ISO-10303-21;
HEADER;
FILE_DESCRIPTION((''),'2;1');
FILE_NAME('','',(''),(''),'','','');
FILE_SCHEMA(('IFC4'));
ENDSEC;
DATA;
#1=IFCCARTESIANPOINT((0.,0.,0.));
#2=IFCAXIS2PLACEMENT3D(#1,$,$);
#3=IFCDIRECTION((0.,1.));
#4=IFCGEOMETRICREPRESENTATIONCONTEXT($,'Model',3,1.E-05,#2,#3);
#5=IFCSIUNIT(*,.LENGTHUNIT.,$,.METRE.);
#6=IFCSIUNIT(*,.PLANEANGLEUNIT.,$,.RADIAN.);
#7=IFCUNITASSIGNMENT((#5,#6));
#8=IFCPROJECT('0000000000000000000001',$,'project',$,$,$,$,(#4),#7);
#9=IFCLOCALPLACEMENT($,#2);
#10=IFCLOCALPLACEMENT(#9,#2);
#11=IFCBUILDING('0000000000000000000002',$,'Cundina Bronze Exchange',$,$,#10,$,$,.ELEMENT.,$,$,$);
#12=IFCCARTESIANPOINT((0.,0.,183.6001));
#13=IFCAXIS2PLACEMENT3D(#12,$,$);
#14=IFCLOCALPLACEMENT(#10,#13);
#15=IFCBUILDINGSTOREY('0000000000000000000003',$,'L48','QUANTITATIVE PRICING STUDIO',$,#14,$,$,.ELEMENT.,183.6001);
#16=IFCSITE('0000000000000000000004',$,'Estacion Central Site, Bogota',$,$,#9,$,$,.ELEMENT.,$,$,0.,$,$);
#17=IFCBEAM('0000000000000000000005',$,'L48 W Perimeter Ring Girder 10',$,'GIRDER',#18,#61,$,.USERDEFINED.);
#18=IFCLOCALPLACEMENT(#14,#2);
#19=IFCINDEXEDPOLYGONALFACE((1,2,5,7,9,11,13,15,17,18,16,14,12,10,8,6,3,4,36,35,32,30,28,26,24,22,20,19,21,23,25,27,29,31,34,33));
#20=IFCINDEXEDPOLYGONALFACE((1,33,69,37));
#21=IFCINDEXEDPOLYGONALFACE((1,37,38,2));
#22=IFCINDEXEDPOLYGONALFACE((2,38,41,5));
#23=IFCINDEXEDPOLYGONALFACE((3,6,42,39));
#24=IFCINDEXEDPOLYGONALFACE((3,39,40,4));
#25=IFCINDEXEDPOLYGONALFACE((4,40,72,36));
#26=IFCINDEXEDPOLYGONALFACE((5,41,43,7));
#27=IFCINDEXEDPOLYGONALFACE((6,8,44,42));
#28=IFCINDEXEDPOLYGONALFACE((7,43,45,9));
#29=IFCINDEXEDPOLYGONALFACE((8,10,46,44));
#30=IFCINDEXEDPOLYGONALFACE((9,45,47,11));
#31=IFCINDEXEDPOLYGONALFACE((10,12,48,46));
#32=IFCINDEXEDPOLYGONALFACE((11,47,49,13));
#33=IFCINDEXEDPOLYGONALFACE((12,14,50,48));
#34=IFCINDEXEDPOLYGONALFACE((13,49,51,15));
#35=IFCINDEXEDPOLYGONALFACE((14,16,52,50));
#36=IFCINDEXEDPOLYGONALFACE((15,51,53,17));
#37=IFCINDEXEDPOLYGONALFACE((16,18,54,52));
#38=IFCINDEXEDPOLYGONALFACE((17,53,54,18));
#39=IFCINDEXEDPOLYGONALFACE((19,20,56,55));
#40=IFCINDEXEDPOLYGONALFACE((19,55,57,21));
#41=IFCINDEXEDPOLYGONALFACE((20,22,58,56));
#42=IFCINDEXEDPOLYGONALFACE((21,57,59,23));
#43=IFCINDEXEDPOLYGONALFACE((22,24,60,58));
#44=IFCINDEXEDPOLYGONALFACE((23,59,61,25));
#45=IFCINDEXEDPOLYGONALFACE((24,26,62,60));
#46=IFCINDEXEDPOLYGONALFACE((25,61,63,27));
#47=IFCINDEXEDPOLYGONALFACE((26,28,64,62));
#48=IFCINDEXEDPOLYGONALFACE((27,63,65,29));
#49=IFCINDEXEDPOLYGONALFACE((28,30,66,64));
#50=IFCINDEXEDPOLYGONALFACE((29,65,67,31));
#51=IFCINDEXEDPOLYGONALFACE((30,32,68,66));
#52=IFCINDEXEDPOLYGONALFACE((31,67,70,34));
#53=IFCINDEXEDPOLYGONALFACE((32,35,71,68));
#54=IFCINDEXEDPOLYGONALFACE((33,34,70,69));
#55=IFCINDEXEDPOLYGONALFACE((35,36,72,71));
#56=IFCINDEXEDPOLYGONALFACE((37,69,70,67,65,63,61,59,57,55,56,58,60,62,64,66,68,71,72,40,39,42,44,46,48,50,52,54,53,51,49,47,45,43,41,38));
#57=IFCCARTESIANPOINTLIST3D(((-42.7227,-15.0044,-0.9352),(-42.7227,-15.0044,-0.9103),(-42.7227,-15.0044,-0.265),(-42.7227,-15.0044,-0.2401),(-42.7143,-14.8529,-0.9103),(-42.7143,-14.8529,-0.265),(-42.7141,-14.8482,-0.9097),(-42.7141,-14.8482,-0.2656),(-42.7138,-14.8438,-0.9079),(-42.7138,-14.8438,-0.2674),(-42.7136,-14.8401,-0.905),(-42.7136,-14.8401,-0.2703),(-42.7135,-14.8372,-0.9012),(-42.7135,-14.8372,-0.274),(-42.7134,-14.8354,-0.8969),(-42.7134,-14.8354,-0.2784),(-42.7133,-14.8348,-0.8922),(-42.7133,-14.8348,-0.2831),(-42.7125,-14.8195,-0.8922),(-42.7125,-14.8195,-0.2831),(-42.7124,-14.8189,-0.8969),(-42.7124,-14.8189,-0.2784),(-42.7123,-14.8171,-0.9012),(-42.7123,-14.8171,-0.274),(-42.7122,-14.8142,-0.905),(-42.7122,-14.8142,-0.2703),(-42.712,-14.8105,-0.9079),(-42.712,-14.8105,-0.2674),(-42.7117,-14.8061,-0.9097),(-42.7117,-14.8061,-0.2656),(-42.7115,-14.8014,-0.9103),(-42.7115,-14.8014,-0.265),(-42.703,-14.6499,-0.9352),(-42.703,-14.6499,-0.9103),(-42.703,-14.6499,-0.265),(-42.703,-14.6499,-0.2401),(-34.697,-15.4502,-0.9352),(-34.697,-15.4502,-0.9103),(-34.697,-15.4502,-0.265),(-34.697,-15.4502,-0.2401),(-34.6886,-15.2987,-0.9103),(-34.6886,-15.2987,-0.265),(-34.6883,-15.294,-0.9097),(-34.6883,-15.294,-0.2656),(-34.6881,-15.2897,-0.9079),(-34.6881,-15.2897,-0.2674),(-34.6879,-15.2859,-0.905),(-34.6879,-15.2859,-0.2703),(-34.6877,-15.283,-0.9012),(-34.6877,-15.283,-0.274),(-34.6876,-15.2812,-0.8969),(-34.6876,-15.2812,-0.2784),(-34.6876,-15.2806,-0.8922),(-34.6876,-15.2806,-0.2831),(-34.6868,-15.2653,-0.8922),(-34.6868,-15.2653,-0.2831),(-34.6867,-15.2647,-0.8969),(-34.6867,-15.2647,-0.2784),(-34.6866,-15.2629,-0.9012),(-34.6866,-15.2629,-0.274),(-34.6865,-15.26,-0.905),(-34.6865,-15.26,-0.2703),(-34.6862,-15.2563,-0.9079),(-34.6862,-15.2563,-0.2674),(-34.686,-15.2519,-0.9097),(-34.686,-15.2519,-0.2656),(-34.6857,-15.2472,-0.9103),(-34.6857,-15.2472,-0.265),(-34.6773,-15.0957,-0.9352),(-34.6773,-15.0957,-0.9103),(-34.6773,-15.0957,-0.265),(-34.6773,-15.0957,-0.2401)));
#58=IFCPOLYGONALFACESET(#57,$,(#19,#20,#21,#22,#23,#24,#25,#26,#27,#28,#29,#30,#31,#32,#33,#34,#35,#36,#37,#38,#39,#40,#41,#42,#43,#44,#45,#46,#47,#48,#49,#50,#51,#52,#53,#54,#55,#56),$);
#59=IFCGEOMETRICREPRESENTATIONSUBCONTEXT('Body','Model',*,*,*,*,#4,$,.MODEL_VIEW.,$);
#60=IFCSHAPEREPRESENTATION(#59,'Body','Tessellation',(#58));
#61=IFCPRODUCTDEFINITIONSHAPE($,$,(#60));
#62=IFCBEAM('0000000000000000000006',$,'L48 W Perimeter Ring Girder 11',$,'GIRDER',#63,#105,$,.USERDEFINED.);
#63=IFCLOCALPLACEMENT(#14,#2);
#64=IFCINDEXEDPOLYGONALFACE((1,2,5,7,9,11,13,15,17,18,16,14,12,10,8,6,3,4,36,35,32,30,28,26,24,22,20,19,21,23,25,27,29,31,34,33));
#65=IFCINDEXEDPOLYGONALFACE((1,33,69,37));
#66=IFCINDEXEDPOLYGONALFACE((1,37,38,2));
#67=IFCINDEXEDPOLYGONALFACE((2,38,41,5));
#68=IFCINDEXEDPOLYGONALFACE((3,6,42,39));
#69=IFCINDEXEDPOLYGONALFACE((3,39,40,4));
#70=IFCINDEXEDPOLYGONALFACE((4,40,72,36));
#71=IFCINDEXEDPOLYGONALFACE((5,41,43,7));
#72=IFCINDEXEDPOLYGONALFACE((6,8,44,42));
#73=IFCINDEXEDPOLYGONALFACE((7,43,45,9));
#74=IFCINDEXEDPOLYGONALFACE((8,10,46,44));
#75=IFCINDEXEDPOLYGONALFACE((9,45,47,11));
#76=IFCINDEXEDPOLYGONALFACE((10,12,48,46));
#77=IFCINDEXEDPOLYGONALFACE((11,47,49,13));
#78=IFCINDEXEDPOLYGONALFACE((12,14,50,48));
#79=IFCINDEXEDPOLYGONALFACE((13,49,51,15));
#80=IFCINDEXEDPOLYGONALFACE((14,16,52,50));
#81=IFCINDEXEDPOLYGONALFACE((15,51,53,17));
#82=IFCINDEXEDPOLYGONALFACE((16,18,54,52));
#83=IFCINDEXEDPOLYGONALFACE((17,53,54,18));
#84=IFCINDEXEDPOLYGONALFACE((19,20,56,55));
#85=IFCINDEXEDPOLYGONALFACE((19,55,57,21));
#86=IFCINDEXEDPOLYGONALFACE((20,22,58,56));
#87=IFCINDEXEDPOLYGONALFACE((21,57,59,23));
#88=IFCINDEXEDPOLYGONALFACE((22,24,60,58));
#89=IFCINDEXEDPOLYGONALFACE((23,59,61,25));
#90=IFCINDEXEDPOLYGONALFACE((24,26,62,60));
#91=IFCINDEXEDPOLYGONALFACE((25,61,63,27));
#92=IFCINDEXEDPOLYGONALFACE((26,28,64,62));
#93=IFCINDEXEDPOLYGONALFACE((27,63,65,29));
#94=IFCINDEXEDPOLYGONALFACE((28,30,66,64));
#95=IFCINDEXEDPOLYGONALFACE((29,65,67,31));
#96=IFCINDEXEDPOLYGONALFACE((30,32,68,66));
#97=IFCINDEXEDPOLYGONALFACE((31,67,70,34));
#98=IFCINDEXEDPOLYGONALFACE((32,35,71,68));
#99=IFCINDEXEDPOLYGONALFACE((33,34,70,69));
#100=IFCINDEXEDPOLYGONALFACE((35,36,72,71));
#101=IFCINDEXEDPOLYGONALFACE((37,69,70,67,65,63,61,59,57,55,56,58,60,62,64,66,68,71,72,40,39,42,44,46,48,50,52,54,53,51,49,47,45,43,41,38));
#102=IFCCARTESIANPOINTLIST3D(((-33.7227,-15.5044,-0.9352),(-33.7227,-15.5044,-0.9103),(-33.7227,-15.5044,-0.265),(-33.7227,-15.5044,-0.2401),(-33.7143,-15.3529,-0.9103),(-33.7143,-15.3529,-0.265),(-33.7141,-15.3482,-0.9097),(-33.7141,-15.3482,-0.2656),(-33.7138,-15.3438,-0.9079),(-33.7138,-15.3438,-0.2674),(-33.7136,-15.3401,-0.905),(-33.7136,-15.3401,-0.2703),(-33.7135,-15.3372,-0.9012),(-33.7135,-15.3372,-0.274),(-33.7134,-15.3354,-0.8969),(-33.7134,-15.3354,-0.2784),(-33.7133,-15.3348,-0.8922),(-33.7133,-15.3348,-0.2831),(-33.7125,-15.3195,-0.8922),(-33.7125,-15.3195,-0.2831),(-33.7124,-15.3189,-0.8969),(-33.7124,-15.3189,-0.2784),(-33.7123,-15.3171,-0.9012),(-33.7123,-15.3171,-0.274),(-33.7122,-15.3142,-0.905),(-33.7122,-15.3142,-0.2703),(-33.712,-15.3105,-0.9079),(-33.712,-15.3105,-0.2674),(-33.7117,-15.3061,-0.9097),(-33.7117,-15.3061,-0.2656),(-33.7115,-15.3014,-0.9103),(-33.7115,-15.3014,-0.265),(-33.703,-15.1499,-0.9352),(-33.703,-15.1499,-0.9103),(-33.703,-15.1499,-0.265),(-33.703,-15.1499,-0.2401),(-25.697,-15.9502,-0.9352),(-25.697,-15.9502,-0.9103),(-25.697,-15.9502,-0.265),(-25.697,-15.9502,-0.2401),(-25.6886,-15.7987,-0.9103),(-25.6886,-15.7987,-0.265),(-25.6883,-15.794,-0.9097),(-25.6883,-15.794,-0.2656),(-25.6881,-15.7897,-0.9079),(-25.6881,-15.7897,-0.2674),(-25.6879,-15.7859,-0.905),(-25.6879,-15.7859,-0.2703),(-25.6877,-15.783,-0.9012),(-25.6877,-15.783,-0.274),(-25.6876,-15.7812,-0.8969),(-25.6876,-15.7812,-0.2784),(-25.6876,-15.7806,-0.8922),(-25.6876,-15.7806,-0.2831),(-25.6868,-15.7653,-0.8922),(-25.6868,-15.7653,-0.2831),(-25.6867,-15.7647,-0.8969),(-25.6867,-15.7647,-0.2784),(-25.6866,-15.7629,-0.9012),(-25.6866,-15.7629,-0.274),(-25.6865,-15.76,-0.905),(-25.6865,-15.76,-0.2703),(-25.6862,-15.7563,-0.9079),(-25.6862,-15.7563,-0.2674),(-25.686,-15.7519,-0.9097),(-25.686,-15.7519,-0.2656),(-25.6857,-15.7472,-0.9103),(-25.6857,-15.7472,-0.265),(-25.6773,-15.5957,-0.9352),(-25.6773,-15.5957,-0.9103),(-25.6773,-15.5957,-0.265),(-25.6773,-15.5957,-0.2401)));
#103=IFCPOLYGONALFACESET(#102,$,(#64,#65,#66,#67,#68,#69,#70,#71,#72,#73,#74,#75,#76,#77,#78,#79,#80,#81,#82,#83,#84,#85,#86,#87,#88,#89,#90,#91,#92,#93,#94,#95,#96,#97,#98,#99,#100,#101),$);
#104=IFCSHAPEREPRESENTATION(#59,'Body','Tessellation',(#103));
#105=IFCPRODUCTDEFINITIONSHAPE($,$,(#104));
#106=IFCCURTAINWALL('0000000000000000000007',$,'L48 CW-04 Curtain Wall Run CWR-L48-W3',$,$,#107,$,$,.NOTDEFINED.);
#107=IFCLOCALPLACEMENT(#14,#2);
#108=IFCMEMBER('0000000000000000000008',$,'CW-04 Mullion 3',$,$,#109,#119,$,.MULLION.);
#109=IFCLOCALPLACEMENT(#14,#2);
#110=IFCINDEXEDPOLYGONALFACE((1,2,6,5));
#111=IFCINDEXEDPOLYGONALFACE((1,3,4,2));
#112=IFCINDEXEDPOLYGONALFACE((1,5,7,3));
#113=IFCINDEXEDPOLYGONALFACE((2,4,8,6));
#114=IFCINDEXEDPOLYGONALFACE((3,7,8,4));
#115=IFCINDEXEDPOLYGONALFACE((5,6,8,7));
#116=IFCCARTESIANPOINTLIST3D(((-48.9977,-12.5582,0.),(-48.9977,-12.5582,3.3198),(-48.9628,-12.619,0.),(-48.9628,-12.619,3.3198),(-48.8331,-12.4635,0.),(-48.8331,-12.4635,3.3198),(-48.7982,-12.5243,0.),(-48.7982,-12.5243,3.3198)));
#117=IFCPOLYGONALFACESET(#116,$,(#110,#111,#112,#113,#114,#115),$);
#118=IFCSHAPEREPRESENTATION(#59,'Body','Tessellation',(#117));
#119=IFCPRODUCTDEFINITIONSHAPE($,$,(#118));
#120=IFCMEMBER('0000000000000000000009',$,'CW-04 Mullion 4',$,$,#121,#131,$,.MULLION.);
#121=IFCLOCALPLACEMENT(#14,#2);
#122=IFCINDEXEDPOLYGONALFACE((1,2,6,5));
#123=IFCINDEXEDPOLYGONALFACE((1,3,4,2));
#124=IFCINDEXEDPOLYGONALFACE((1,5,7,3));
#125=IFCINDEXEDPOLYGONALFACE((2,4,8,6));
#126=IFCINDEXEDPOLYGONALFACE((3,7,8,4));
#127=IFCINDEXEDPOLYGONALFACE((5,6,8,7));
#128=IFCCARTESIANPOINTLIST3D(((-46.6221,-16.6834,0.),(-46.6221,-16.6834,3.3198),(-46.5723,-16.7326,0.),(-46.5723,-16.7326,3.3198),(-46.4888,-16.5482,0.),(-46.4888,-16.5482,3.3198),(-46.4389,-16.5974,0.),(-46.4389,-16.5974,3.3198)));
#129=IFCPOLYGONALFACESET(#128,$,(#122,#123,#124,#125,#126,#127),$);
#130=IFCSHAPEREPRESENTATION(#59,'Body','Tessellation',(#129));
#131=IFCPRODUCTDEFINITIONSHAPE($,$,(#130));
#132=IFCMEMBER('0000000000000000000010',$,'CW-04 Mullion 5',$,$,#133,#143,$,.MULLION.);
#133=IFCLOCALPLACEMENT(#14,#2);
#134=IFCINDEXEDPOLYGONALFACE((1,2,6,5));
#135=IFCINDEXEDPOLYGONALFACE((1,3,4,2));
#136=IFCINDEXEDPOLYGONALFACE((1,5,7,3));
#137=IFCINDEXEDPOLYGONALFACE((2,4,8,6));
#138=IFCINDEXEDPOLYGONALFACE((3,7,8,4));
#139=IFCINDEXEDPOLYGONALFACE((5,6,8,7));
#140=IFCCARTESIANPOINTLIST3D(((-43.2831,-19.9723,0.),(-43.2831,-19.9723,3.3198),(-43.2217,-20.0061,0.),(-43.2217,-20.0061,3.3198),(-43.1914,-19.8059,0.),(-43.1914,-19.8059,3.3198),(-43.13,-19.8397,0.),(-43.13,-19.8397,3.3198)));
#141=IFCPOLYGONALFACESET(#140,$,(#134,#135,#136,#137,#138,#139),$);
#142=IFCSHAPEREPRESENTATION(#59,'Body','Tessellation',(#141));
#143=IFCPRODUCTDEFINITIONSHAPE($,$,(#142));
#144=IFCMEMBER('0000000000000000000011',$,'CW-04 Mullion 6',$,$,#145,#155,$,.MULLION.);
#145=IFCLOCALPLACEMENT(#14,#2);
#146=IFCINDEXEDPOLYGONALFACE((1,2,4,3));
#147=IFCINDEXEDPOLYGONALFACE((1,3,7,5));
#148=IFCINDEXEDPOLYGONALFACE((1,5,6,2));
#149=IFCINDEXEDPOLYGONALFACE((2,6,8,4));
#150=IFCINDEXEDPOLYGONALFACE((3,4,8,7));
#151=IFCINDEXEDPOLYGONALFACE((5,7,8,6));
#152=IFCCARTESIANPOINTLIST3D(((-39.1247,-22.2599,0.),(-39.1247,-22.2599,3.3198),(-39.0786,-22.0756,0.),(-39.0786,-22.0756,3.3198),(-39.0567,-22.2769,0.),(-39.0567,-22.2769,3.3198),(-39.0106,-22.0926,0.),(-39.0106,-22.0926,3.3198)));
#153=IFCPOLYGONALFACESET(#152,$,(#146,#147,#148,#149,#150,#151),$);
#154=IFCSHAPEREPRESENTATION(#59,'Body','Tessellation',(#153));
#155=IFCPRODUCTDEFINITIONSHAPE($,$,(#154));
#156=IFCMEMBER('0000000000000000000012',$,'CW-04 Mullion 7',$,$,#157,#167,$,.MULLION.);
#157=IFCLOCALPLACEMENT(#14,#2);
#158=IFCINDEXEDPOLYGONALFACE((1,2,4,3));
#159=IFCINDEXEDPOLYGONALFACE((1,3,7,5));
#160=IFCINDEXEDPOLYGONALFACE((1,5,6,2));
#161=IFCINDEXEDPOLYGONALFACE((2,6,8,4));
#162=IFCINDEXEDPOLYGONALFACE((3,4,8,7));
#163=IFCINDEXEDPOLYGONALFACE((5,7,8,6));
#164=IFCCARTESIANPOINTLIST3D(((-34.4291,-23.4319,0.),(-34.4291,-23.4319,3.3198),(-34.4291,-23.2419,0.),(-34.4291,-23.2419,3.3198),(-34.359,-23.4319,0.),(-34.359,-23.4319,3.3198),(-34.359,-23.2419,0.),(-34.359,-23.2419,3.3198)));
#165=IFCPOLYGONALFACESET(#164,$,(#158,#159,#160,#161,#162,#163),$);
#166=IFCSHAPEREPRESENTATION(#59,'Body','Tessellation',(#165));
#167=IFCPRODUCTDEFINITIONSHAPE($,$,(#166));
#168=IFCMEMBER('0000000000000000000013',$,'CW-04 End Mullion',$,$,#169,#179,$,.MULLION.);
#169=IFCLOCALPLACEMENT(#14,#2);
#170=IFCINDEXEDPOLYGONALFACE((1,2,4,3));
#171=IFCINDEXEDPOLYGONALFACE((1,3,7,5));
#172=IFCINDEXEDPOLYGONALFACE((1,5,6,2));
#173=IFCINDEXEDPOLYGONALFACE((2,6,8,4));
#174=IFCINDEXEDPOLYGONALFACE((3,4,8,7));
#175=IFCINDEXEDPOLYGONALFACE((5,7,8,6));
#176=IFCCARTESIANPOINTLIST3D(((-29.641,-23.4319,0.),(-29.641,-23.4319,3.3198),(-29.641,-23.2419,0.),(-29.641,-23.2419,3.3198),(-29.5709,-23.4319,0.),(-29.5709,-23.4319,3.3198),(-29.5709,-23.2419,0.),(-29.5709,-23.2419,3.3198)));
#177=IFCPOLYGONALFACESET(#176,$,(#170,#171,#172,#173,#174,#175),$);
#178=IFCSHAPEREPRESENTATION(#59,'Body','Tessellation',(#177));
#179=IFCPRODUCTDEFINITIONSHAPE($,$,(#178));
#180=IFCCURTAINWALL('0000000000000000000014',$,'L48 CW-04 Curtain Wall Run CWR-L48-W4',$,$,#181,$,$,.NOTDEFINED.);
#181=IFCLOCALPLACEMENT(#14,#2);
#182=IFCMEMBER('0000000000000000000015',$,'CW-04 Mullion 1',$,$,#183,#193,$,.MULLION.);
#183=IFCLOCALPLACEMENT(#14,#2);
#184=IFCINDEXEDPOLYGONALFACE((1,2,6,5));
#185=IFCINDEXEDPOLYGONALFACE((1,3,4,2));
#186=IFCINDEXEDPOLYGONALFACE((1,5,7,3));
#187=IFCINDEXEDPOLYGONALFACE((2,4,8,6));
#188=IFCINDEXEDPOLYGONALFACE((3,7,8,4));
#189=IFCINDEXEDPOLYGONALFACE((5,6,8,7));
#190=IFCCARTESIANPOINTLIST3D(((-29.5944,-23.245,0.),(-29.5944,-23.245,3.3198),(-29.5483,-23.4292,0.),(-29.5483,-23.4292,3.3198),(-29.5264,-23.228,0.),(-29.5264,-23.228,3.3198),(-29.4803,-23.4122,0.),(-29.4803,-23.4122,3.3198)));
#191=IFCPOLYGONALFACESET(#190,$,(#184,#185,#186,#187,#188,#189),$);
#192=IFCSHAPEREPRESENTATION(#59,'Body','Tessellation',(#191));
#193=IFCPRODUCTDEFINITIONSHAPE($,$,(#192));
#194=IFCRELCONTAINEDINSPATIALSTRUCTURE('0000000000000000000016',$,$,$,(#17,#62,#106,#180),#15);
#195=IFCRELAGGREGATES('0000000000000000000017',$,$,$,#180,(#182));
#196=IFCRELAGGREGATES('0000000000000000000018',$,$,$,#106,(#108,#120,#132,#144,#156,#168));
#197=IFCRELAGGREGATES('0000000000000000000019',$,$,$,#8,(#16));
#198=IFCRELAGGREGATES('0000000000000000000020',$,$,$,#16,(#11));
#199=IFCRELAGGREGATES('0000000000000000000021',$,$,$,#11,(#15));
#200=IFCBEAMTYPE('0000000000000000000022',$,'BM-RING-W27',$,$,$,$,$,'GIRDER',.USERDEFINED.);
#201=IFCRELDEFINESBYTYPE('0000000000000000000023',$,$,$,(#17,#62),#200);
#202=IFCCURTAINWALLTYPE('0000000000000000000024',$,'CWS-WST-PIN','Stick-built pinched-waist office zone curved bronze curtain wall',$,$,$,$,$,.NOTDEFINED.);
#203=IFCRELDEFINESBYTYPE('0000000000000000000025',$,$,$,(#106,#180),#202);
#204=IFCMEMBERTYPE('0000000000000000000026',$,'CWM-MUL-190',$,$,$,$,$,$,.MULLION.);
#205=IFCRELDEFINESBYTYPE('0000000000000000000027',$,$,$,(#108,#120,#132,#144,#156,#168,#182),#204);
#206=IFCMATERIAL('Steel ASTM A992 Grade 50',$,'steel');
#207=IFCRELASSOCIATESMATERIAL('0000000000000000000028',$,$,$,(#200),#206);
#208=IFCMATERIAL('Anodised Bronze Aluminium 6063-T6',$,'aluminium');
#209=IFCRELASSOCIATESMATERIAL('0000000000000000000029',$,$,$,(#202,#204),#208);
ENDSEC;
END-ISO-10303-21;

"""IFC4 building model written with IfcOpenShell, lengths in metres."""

from ifc_helpers import new_model, si_unit, direction, frame, origin, origin_2d, place, context, subcontext, project, spatial, rectangle, i_section, extrude, material, material_profile, profile_set, type_object, element, aggregate, save


model = new_model("IFC4")

# Units and contexts
model_context = context("Model", 3, precision=1e-05, world=origin(), true_north=direction((0.0, 1.0)))
body_context = subcontext(model_context, "Body", "Model", "MODEL_VIEW")
ifc_project = project(units=[si_unit("LENGTHUNIT", "METRE"), si_unit("PLANEANGLEUNIT", "RADIAN")], contexts=[model_context])

# Site, building, storey
site_placement = place(None, origin())
site = spatial("IfcSite", under=ifc_project, at=site_placement, Name="Estacion Central Site, Bogota", CompositionType="ELEMENT", RefElevation=0.0)
building_placement = place(site_placement, origin())
building = spatial("IfcBuilding", under=site, at=building_placement, Name="Cundina Bronze Exchange", CompositionType="ELEMENT")
storey_placement = place(building_placement, frame((0.0, 0.0, 183.6001)))
storey = spatial("IfcBuildingStorey", under=building, at=storey_placement, Name="L48", Description="QUANTITATIVE PRICING STUDIO", CompositionType="ELEMENT", Elevation=183.6001)

# Beams
ifc_material_1 = material(Name="Steel ASTM A992 Grade 50", Category="steel")
ifc_material_profile_1 = material_profile(ifc_material_1, i_section(OverallWidth=0.355, OverallDepth=0.6951, WebThickness=0.0154, FlangeThickness=0.0249, FilletRadius=0.0181, at=origin_2d()), Name="W27X146", Category="steel")
ifc_profile_set_1 = profile_set([ifc_material_profile_1], Name="Steel ASTM A992 Grade 50")
beam_type_1 = type_object("IfcBeamType", Name="BM-RING-W27", ElementType="GIRDER", PredefinedType="USERDEFINED", material=ifc_profile_set_1)
for number, where, z_axis, x_axis, name in (
    (1, (-42.7129, -14.8271, -0.5876), (0.998461, -0.055462, 0.0), (0.055462, 0.998461, 0.0), "L48 W Perimeter Ring Girder 10"),
    (2, (-33.7129, -15.3271, -0.5876), (0.998461, -0.055462, 0.0), (0.055462, 0.998461, 0.0), "L48 W Perimeter Ring Girder 11"),
):
    element("IfcBeam", number, at=place(storey_placement, frame(where, z_axis=z_axis, x_axis=x_axis)), inside=storey, type_object=beam_type_1, Name=name, ObjectType="GIRDER", PredefinedType="USERDEFINED", context=body_context, shape_type="SweptSolid", body=[
        extrude(i_section(OverallWidth=0.355, OverallDepth=0.6951, WebThickness=0.0154, FlangeThickness=0.0249, FilletRadius=0.0181, at=origin_2d()), origin(), (0.0, 0.0, 1.0), 8.0381),
    ])

# Curtain wall, members
ifc_material_2 = material(Name="Anodised Bronze Aluminium 6063-T6", Category="aluminium")
curtain_wall_type = type_object("IfcCurtainWallType", Name="CWS-WST-PIN", Description="Stick-built pinched-waist office zone curved bronze curtain wall", PredefinedType="NOTDEFINED", material=ifc_material_2)
curtain_wall_1_placement = place(storey_placement, origin())
curtain_wall_1 = element("IfcCurtainWall", 3, at=curtain_wall_1_placement, inside=storey, type_object=curtain_wall_type, Name="L48 CW-04 Curtain Wall Run CWR-L48-W3", PredefinedType="NOTDEFINED")
ifc_material_profile_2 = material_profile(ifc_material_2, rectangle(XDim=0.0701, YDim=0.1899, at=origin_2d()), Name="AL70X190", Category="aluminium")
ifc_profile_set_2 = profile_set([ifc_material_profile_2], Name="Anodised Bronze Aluminium 6063-T6")
member_type_1 = type_object("IfcMemberType", Name="CWM-MUL-190", PredefinedType="MULLION", material=ifc_profile_set_2)
member_1_placement = place(storey_placement, frame((-48.8979, -12.5413, 0.0), z_axis=(0.0, 0.0, 1.0), x_axis=(0.498488, -0.866897, 0.0)))
member_1 = element("IfcMember", 4, at=member_1_placement, type_object=member_type_1, Name="CW-04 Mullion 3", PredefinedType="MULLION", context=body_context, shape_type="SweptSolid", body=[
    extrude(rectangle(XDim=0.0701, YDim=0.1899, at=origin_2d()), origin(), (0.0, 0.0, 1.0), 3.3198),
])
member_2_placement = place(storey_placement, frame((-46.5305, -16.6404, 0.0), z_axis=(0.0, 0.0, 1.0), x_axis=(0.712026, -0.702153, 0.0)))
member_2 = element("IfcMember", 5, at=member_2_placement, type_object=member_type_1, Name="CW-04 Mullion 4", PredefinedType="MULLION", context=body_context, shape_type="SweptSolid", body=[
    extrude(rectangle(XDim=0.0701, YDim=0.1899, at=origin_2d()), origin(), (0.0, 0.0, 1.0), 3.3198),
])
member_3_placement = place(storey_placement, frame((-43.2065, -19.906, 0.0), z_axis=(0.0, 0.0, 1.0), x_axis=(0.875886, -0.482518, 0.0)))
member_3 = element("IfcMember", 6, at=member_3_placement, type_object=member_type_1, Name="CW-04 Mullion 5", PredefinedType="MULLION", context=body_context, shape_type="SweptSolid", body=[
    extrude(rectangle(XDim=0.0701, YDim=0.1899, at=origin_2d()), origin(), (0.0, 0.0, 1.0), 3.3198),
])
member_4_placement = place(storey_placement, frame((-39.0676, -22.1763, 0.0), z_axis=(0.0, 0.0, 1.0), x_axis=(0.970084, -0.242769, 0.0)))
member_4 = element("IfcMember", 7, at=member_4_placement, type_object=member_type_1, Name="CW-04 Mullion 6", PredefinedType="MULLION", context=body_context, shape_type="SweptSolid", body=[
    extrude(rectangle(XDim=0.0701, YDim=0.1899, at=origin_2d()), origin(), (0.0, 0.0, 1.0), 3.3198),
])
member_5_placement = place(storey_placement, frame((-34.394, -23.3369, 0.0), z_axis=(0.0, 0.0, 1.0), x_axis=(1.0, 0.0, 0.0)))
member_5 = element("IfcMember", 8, at=member_5_placement, type_object=member_type_1, Name="CW-04 Mullion 7", PredefinedType="MULLION", context=body_context, shape_type="SweptSolid", body=[
    extrude(rectangle(XDim=0.0701, YDim=0.1899, at=origin_2d()), origin(), (0.0, 0.0, 1.0), 3.3198),
])
member_6_placement = place(storey_placement, frame((-29.606, -23.3369, 0.0), z_axis=(0.0, 0.0, 1.0), x_axis=(1.0, 0.0, 0.0)))
member_6 = element("IfcMember", 9, at=member_6_placement, type_object=member_type_1, Name="CW-04 End Mullion", PredefinedType="MULLION", context=body_context, shape_type="SweptSolid", body=[
    extrude(rectangle(XDim=0.0701, YDim=0.1899, at=origin_2d()), origin(), (0.0, 0.0, 1.0), 3.3198),
])

# Curtain wall, member
curtain_wall_2_placement = place(storey_placement, origin())
curtain_wall_2 = element("IfcCurtainWall", 10, at=curtain_wall_2_placement, inside=storey, type_object=curtain_wall_type, Name="L48 CW-04 Curtain Wall Run CWR-L48-W4", PredefinedType="NOTDEFINED")
member_7_placement = place(storey_placement, frame((-29.5374, -23.3286, 0.0), z_axis=(0.0, 0.0, 1.0), x_axis=(0.970084, 0.242769, 0.0)))
member_7 = element("IfcMember", 11, at=member_7_placement, type_object=member_type_1, Name="CW-04 Mullion 1", PredefinedType="MULLION", context=body_context, shape_type="SweptSolid", body=[
    extrude(rectangle(XDim=0.0701, YDim=0.1899, at=origin_2d()), origin(), (0.0, 0.0, 1.0), 3.3198),
])

aggregate(curtain_wall_2, [member_7])

aggregate(curtain_wall_1, [member_1, member_2, member_3, member_4, member_5, member_6])

save(model, "model.ifc")
